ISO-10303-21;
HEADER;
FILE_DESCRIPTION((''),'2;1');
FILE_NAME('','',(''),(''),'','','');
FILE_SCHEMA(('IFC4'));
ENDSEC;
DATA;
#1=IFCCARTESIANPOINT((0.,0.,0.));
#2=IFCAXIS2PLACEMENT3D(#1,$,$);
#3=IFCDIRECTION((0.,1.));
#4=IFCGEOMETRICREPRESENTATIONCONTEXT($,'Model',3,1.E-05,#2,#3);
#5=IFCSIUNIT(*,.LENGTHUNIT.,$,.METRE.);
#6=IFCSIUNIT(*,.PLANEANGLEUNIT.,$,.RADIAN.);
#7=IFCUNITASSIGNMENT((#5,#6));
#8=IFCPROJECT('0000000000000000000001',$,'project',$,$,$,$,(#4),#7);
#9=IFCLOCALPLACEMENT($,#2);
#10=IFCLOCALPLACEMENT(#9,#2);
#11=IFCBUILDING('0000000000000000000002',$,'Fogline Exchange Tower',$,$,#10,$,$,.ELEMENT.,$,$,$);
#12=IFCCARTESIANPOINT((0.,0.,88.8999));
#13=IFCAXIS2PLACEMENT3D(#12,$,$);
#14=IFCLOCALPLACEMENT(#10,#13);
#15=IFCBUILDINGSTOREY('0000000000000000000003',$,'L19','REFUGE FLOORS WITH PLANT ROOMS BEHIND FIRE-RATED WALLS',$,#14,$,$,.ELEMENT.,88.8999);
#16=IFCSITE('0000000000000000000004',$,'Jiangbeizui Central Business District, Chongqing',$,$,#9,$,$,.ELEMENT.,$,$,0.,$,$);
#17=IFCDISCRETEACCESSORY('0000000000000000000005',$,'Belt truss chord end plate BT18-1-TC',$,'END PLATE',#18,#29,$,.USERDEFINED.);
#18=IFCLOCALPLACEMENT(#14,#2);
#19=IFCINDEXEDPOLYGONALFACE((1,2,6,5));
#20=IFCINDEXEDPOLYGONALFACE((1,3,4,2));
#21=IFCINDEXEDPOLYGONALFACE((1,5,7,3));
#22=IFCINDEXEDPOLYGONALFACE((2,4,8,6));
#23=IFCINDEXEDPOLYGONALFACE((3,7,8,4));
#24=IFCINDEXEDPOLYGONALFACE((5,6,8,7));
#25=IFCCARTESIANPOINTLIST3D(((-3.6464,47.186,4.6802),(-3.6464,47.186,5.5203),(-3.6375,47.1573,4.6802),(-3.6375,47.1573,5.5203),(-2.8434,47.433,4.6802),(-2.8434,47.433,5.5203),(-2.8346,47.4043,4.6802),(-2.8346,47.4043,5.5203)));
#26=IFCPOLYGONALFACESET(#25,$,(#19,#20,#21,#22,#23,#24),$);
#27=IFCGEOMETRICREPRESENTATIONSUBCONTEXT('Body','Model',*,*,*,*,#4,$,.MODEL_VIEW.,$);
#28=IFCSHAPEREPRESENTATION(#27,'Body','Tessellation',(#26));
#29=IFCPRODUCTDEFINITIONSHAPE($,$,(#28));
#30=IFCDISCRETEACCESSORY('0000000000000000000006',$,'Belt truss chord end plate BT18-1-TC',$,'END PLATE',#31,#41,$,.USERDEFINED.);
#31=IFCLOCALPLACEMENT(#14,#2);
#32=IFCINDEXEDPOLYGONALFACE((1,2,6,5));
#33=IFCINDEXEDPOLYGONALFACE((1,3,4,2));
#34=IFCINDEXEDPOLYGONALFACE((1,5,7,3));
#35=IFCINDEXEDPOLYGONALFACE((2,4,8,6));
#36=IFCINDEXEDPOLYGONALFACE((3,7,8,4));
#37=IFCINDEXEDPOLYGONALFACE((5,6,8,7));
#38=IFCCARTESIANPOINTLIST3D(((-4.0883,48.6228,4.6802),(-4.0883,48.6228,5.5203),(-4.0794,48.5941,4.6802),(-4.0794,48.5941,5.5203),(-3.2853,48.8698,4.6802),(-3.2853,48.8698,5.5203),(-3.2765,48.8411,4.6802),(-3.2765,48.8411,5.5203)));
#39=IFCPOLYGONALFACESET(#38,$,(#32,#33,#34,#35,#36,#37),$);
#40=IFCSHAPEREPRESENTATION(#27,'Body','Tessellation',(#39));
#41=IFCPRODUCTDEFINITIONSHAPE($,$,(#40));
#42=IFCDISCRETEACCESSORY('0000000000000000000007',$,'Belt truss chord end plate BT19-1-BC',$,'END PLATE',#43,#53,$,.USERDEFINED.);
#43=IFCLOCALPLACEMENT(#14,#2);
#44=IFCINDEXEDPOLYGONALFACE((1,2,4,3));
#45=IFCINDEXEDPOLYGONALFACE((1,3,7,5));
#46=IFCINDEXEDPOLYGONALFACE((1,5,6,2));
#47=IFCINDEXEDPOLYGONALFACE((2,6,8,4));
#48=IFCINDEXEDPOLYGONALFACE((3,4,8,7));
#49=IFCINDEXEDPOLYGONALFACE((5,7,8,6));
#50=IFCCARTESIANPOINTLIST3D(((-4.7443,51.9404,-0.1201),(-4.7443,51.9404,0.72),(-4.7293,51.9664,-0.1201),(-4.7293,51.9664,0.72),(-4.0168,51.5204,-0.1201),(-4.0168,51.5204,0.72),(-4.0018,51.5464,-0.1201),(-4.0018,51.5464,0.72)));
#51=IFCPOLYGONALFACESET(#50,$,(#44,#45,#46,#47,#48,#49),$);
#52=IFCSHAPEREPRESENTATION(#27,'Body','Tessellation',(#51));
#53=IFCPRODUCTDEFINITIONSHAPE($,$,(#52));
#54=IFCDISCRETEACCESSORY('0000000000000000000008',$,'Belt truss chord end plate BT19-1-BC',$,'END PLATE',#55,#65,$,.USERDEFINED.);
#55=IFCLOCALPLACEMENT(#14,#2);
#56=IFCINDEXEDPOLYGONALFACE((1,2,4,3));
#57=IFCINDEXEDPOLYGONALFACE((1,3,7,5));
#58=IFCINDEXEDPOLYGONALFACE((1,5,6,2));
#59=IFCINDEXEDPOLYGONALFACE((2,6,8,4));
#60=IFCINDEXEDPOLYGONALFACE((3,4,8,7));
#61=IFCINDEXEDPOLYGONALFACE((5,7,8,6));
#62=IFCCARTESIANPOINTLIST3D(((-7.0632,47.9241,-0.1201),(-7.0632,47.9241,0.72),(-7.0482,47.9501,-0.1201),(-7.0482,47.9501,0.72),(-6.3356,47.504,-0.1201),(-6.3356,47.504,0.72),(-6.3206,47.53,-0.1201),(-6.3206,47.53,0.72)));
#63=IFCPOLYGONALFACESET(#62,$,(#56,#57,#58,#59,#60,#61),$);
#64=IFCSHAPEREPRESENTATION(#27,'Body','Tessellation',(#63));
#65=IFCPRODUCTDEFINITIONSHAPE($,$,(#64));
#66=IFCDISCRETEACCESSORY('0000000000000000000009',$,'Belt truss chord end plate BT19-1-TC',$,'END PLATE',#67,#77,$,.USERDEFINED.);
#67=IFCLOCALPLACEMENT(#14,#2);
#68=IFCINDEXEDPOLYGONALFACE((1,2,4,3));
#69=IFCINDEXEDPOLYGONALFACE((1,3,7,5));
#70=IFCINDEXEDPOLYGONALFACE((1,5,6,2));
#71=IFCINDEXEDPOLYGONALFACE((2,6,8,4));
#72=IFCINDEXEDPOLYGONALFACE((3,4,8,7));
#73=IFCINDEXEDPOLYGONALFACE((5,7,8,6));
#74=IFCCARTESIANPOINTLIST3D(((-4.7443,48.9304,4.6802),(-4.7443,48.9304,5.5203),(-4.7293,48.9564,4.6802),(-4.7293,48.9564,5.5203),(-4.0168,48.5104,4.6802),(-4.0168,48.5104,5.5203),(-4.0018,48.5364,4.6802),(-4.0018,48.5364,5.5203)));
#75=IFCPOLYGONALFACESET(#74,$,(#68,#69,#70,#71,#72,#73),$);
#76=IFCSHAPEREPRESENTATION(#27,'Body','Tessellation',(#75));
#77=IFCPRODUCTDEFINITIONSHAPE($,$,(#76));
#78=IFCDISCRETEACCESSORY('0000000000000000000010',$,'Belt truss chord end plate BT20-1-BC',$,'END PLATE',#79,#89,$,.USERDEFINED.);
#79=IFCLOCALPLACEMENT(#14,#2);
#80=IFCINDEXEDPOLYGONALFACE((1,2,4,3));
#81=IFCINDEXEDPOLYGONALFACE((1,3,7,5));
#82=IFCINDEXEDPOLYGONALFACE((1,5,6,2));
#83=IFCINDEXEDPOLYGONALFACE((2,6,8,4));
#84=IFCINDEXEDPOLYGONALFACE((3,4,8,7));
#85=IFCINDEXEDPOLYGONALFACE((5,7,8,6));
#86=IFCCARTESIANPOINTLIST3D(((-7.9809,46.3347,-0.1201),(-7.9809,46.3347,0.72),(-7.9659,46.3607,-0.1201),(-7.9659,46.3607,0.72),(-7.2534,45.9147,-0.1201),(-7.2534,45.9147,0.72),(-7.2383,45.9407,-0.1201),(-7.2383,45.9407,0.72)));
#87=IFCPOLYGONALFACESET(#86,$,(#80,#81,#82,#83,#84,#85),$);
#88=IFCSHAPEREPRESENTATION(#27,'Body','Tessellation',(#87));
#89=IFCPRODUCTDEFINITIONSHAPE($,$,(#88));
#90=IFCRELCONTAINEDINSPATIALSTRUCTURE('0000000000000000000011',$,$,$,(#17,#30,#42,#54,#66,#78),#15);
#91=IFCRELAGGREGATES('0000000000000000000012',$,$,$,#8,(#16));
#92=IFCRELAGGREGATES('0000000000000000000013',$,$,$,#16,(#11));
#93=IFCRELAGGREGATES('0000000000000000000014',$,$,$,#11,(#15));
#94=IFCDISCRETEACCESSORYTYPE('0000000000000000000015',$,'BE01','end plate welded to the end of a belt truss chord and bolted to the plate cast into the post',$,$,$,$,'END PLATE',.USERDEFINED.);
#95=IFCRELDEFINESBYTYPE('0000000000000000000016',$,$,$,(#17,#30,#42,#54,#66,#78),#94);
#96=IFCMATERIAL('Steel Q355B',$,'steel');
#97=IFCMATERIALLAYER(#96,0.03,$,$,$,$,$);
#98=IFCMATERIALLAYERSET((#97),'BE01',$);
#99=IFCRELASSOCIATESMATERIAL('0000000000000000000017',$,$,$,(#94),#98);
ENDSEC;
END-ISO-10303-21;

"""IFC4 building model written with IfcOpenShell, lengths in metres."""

from ifc_helpers import new_model, si_unit, direction, frame, origin, origin_2d, place, context, subcontext, project, spatial, rectangle, extrude, material, layer, layer_set, type_object, element, save


model = new_model("IFC4")

# Units and contexts
model_context = context("Model", 3, precision=1e-05, world=origin(), true_north=direction((0.0, 1.0)))
body_context = subcontext(model_context, "Body", "Model", "MODEL_VIEW")
ifc_project = project(units=[si_unit("LENGTHUNIT", "METRE"), si_unit("PLANEANGLEUNIT", "RADIAN")], contexts=[model_context])

# Site, building, storey
site_placement = place(None, origin())
site = spatial("IfcSite", under=ifc_project, at=site_placement, Name="Jiangbeizui Central Business District, Chongqing", CompositionType="ELEMENT", RefElevation=0.0)
building_placement = place(site_placement, origin())
building = spatial("IfcBuilding", under=site, at=building_placement, Name="Fogline Exchange Tower", CompositionType="ELEMENT")
storey_placement = place(building_placement, frame((0.0, 0.0, 88.8999)))
storey = spatial("IfcBuildingStorey", under=building, at=storey_placement, Name="L19", Description="REFUGE FLOORS WITH PLANT ROOMS BEHIND FIRE-RATED WALLS", CompositionType="ELEMENT", Elevation=88.8999)

# Shared definitions
ifc_material_1 = material(Name="Steel Q355B", Category="steel")

# Discrete accessories
ifc_layer_1 = layer(ifc_material_1, 0.03)
ifc_layer_set_1 = layer_set([ifc_layer_1], Name="BE01")
discrete_accessory_type = type_object("IfcDiscreteAccessoryType", Name="BE01", Description="end plate welded to the end of a belt truss chord and bolted to the plate cast into the post", ElementType="END PLATE", PredefinedType="USERDEFINED", material=ifc_layer_set_1)
for number, where, z_axis, x_axis, name in (
    (1, (-3.2405, 47.2952, 4.6802), (0.0, 0.0, 1.0), (0.293962, -0.955817, 0.0), "Belt truss chord end plate BT18-1-TC"),
    (2, (-3.6824, 48.7319, 4.6802), (0.0, 0.0, 1.0), (-0.293962, 0.955817, 0.0), "Belt truss chord end plate BT18-1-TC"),
    (3, (-4.373, 51.7434, -0.1201), (0.0, 0.0, 1.0), (0.5, 0.866025, 0.0), "Belt truss chord end plate BT19-1-BC"),
    (4, (-6.6919, 47.7271, -0.1201), (0.0, 0.0, 1.0), (-0.5, -0.866025, 0.0), "Belt truss chord end plate BT19-1-BC"),
    (5, (-4.373, 48.7334, 4.6802), (0.0, 0.0, 1.0), (0.5, 0.866025, 0.0), "Belt truss chord end plate BT19-1-TC"),
    (6, (-7.6096, 46.1377, -0.1201), (0.0, 0.0, 1.0), (0.5, 0.866025, 0.0), "Belt truss chord end plate BT20-1-BC"),
):
    element("IfcDiscreteAccessory", number, at=place(storey_placement, frame(where, z_axis=z_axis, x_axis=x_axis)), inside=storey, type_object=discrete_accessory_type, Name=name, ObjectType="END PLATE", PredefinedType="USERDEFINED", context=body_context, shape_type="SweptSolid", body=[
        extrude(rectangle(XDim=0.03, YDim=0.8401, at=origin_2d()), origin(), (0.0, 0.0, 1.0), 0.8401),
    ])

save(model, "model.ifc")
